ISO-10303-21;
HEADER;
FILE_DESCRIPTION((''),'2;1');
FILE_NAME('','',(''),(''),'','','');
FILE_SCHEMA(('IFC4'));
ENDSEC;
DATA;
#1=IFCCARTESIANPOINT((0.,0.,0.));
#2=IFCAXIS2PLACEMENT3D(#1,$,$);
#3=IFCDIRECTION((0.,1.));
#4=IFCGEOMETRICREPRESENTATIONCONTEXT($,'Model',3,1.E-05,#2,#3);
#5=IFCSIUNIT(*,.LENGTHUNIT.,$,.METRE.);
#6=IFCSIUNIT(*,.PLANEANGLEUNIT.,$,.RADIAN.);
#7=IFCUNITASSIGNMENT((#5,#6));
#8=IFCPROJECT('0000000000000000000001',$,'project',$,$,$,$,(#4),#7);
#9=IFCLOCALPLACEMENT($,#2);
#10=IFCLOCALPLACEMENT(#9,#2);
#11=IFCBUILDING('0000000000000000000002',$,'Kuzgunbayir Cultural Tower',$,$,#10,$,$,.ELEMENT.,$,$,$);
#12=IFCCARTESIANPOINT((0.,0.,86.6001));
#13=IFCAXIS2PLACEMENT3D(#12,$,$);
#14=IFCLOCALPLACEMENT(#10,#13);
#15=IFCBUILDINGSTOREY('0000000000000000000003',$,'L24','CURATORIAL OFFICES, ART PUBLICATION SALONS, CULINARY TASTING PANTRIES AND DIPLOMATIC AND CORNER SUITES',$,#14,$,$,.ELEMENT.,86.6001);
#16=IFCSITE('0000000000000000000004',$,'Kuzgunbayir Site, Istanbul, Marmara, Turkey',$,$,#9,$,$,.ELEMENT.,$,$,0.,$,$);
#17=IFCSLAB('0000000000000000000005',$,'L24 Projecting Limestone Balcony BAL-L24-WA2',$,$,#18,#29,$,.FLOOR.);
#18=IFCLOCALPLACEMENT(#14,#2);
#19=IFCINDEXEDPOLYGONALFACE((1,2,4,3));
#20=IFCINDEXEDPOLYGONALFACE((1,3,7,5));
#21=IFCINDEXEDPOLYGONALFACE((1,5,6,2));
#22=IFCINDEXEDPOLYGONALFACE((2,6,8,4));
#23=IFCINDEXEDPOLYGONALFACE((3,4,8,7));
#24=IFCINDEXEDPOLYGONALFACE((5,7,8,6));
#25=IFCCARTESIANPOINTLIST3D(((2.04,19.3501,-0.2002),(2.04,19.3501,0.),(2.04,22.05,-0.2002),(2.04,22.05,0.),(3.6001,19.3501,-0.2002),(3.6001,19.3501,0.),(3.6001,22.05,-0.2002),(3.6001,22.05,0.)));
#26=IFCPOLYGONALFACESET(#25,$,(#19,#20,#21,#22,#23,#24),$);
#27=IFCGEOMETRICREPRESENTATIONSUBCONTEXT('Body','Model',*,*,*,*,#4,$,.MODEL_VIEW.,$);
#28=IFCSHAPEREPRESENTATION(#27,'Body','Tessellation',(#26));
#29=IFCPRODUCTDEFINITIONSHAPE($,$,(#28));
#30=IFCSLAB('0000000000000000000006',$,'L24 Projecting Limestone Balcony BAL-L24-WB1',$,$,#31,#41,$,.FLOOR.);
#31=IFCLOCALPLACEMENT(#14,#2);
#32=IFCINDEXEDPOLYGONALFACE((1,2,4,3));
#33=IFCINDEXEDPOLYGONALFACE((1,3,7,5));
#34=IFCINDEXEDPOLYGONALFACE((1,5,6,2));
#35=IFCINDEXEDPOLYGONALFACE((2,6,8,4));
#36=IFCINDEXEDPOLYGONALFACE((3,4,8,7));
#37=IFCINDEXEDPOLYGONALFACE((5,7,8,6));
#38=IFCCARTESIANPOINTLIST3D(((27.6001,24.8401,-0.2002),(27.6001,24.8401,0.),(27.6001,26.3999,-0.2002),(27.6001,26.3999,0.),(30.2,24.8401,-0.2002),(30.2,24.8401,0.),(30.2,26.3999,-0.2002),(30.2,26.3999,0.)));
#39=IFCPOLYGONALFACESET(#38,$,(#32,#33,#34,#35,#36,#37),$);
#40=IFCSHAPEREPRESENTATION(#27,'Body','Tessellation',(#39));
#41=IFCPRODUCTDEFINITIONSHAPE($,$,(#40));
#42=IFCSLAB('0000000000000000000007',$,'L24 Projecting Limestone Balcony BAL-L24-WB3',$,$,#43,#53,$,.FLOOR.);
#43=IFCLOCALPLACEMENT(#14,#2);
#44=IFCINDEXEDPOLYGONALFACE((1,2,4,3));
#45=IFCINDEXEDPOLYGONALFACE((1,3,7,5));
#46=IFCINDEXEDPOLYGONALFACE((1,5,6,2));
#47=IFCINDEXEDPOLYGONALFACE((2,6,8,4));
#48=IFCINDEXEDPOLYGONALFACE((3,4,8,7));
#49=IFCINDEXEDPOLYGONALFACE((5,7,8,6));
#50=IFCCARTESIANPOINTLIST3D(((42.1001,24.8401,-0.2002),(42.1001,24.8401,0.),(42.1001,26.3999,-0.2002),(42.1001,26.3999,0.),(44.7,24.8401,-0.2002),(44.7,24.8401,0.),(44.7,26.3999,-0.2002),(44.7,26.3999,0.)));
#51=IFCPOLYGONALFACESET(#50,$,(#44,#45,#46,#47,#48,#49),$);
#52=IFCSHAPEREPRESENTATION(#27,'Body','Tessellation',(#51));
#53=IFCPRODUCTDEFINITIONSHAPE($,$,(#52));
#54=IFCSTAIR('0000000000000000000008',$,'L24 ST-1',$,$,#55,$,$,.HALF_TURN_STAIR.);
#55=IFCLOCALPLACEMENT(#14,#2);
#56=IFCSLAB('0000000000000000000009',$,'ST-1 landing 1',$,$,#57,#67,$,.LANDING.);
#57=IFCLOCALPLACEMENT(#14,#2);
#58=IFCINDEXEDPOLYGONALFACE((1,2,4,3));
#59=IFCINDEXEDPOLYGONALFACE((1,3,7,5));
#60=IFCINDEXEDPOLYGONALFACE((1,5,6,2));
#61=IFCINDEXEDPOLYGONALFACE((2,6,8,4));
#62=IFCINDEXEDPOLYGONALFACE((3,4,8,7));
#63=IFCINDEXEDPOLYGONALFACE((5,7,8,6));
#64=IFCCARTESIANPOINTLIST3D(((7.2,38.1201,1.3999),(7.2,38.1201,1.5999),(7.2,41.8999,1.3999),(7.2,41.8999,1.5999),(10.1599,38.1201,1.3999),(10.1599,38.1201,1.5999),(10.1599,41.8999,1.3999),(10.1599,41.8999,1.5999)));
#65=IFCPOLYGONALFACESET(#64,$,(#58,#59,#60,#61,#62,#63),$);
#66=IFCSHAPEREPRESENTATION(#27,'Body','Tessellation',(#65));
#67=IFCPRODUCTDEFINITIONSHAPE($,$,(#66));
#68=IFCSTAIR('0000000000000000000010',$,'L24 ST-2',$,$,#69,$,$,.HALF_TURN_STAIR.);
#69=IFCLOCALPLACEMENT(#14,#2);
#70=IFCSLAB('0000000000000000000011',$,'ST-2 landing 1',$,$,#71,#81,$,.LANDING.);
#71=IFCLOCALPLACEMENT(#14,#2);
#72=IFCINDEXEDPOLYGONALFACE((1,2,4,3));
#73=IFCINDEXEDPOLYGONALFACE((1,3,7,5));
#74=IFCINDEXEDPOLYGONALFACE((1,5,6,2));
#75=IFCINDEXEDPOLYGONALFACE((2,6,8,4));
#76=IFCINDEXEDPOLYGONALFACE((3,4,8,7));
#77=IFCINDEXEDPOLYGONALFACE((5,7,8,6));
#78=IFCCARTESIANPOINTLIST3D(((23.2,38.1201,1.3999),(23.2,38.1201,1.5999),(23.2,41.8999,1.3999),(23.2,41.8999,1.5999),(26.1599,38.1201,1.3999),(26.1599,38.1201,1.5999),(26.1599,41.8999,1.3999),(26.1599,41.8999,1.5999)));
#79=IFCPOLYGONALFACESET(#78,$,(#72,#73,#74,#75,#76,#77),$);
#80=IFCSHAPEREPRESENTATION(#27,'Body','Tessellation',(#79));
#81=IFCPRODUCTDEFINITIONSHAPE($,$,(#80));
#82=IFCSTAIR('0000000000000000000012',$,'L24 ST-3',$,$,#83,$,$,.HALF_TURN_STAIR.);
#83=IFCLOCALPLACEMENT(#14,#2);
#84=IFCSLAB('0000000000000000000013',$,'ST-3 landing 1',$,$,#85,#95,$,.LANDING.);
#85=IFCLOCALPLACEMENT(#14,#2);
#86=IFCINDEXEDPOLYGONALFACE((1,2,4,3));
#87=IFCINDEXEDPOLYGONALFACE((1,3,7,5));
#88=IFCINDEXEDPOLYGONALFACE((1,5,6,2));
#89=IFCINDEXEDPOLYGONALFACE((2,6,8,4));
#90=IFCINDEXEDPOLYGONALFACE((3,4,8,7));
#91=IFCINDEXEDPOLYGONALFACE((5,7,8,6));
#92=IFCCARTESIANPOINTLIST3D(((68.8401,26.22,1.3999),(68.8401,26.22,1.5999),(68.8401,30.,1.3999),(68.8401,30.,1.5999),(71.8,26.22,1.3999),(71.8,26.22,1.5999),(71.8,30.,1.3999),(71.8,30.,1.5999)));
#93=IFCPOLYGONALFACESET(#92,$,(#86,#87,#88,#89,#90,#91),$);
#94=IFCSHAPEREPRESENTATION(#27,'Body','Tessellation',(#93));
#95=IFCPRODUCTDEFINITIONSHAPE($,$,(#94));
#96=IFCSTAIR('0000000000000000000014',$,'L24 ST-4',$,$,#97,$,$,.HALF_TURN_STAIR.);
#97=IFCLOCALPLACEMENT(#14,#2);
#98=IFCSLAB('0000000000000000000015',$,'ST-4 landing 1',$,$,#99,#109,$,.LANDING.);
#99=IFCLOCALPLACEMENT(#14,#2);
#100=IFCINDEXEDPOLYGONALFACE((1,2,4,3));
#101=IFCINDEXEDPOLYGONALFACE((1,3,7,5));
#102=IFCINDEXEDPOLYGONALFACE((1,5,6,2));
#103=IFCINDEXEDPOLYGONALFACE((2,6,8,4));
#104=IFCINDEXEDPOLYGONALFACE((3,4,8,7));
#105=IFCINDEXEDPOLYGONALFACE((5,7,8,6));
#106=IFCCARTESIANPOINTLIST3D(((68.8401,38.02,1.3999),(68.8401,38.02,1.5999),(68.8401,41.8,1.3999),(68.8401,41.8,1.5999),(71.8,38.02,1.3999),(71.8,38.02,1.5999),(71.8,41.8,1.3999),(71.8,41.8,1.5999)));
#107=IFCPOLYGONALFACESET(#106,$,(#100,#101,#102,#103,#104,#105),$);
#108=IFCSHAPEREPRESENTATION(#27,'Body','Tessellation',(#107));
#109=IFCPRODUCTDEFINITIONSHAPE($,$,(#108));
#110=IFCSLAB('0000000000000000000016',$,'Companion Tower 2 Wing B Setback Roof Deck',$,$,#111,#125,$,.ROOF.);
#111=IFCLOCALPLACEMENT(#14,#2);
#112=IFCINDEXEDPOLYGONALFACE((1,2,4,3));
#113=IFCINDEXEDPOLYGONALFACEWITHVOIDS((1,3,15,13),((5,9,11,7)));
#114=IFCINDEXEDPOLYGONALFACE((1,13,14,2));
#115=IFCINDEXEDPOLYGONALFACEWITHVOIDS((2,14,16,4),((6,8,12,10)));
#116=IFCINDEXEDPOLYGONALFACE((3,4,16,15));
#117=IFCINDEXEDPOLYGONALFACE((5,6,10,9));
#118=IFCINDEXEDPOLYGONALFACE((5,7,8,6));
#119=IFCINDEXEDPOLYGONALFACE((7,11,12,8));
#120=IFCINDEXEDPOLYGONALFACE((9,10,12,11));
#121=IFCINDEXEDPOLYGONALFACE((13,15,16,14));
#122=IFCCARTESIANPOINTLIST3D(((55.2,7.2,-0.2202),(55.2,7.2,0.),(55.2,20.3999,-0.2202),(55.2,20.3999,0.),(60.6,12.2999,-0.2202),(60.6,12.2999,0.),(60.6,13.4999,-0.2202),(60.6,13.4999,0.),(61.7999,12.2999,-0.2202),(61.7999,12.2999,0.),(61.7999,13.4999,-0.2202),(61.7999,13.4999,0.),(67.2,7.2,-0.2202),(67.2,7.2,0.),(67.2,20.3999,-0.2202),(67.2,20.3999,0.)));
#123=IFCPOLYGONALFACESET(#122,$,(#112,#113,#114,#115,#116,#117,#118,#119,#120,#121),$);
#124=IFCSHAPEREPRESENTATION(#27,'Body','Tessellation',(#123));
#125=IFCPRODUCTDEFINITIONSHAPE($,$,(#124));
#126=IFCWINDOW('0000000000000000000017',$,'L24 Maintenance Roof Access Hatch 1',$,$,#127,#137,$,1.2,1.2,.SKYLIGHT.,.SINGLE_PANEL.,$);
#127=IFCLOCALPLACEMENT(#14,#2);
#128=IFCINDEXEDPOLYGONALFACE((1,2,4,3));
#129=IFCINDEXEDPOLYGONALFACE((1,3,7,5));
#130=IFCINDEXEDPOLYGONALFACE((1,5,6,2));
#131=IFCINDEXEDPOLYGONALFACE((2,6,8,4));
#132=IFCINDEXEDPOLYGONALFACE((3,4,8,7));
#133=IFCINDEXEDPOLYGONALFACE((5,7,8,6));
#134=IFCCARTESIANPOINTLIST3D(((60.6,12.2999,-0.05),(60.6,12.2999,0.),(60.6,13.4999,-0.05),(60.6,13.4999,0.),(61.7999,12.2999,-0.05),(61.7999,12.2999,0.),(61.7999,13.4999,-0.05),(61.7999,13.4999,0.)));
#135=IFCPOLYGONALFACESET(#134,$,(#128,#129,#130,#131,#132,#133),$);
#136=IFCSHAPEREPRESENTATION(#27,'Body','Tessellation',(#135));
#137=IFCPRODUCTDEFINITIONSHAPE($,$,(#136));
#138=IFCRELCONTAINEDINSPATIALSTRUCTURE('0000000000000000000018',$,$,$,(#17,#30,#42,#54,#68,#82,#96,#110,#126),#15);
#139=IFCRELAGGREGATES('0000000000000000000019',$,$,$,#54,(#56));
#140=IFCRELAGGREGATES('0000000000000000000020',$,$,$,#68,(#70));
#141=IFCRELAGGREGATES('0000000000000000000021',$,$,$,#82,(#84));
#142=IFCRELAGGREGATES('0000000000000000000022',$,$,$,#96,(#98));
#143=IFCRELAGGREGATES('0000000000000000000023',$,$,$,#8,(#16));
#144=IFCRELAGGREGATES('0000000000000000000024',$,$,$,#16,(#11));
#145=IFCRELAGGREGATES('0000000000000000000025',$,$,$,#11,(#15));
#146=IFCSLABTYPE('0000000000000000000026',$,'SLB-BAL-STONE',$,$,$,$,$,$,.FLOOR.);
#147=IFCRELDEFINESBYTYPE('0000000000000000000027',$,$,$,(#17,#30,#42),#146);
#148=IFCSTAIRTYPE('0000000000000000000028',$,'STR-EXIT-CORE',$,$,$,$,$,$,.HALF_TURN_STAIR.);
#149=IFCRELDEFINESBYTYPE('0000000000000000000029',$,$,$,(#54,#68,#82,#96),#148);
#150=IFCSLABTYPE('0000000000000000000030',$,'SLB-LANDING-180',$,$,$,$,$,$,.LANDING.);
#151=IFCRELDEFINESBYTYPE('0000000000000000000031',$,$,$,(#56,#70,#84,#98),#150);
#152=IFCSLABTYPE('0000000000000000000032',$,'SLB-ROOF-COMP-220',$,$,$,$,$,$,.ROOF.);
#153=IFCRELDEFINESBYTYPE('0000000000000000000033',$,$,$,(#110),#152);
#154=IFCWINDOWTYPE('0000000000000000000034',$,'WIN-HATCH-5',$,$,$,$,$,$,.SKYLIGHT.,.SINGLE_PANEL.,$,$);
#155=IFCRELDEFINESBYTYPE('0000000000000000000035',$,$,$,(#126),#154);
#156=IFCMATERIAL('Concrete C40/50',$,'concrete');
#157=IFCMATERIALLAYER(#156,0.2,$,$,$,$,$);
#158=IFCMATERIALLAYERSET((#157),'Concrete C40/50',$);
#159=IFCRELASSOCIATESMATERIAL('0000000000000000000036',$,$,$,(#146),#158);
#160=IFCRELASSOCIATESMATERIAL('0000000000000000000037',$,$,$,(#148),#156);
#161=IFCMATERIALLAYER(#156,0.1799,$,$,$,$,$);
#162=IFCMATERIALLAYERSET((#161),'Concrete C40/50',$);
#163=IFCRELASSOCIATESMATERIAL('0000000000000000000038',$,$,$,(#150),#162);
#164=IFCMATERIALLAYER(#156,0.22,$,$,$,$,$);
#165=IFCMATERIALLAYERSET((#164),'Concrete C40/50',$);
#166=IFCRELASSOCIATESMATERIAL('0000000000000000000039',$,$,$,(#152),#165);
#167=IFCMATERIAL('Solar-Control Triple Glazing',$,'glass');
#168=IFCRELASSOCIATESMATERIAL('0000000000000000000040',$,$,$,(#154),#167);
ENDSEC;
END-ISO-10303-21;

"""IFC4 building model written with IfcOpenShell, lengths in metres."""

from ifc_helpers import new_model, si_unit, direction, frame, origin, origin_2d, place, context, subcontext, project, spatial, polyline, rectangle, outline, extrude, material, layer, layer_set, type_object, element, fill, aggregate, save


model = new_model("IFC4")

# Units and contexts
model_context = context("Model", 3, precision=1e-05, world=origin(), true_north=direction((0.0, 1.0)))
body_context = subcontext(model_context, "Body", "Model", "MODEL_VIEW")
ifc_project = project(units=[si_unit("LENGTHUNIT", "METRE"), si_unit("PLANEANGLEUNIT", "RADIAN")], contexts=[model_context])

# Site, building, storey
site_placement = place(None, origin())
site = spatial("IfcSite", under=ifc_project, at=site_placement, Name="Kuzgunbayir Site, Istanbul, Marmara, Turkey", CompositionType="ELEMENT", RefElevation=0.0)
building_placement = place(site_placement, origin())
building = spatial("IfcBuilding", under=site, at=building_placement, Name="Kuzgunbayir Cultural Tower", CompositionType="ELEMENT")
storey_placement = place(building_placement, frame((0.0, 0.0, 86.6001)))
storey = spatial("IfcBuildingStorey", under=building, at=storey_placement, Name="L24", Description="CURATORIAL OFFICES, ART PUBLICATION SALONS, CULINARY TASTING PANTRIES AND DIPLOMATIC AND CORNER SUITES", CompositionType="ELEMENT", Elevation=86.6001)

# Slabs
ifc_material_1 = material(Name="Concrete C40/50", Category="concrete")
ifc_layer_1 = layer(ifc_material_1, 0.2)
ifc_layer_set_1 = layer_set([ifc_layer_1], Name="Concrete C40/50")
slab_type_1 = type_object("IfcSlabType", Name="SLB-BAL-STONE", PredefinedType="FLOOR", material=ifc_layer_set_1)
slab_1_placement = place(storey_placement, frame((0.0, 0.0, -0.2002)))
element("IfcSlab", 1, at=slab_1_placement, inside=storey, type_object=slab_type_1, Name="L24 Projecting Limestone Balcony BAL-L24-WA2", PredefinedType="FLOOR", context=body_context, shape_type="SweptSolid", body=[
    extrude(outline(polyline([(2.04, 19.3501), (3.6001, 19.3501), (3.6001, 22.05), (2.04, 22.05), (2.04, 19.3501)])), origin(), (0.0, 0.0, 1.0), 0.2002),
])
slab_2_placement = place(storey_placement, frame((0.0, 0.0, -0.2002)))
element("IfcSlab", 2, at=slab_2_placement, inside=storey, type_object=slab_type_1, Name="L24 Projecting Limestone Balcony BAL-L24-WB1", PredefinedType="FLOOR", context=body_context, shape_type="SweptSolid", body=[
    extrude(outline(polyline([(27.6001, 24.8401), (30.2, 24.8401), (30.2, 26.3999), (27.6001, 26.3999), (27.6001, 24.8401)])), origin(), (0.0, 0.0, 1.0), 0.2002),
])
slab_3_placement = place(storey_placement, frame((0.0, 0.0, -0.2002)))
element("IfcSlab", 3, at=slab_3_placement, inside=storey, type_object=slab_type_1, Name="L24 Projecting Limestone Balcony BAL-L24-WB3", PredefinedType="FLOOR", context=body_context, shape_type="SweptSolid", body=[
    extrude(outline(polyline([(42.1001, 24.8401), (44.7, 24.8401), (44.7, 26.3999), (42.1001, 26.3999), (42.1001, 24.8401)])), origin(), (0.0, 0.0, 1.0), 0.2002),
])

# Stairs, slabs
stair_type = type_object("IfcStairType", Name="STR-EXIT-CORE", PredefinedType="HALF_TURN_STAIR", material=ifc_material_1)
stair_1_placement = place(storey_placement, origin())
stair_1 = element("IfcStair", 4, at=stair_1_placement, inside=storey, type_object=stair_type, Name="L24 ST-1", PredefinedType="HALF_TURN_STAIR")
ifc_layer_2 = layer(ifc_material_1, 0.1799)
ifc_layer_set_2 = layer_set([ifc_layer_2], Name="Concrete C40/50")
slab_type_2 = type_object("IfcSlabType", Name="SLB-LANDING-180", PredefinedType="LANDING", material=ifc_layer_set_2)
slab_4_placement = place(storey_placement, frame((0.0, 0.0, 1.3999)))
slab_4 = element("IfcSlab", 5, at=slab_4_placement, type_object=slab_type_2, Name="ST-1 landing 1", PredefinedType="LANDING", context=body_context, shape_type="SweptSolid", body=[
    extrude(outline(polyline([(10.1599, 38.1201), (10.1599, 41.8999), (7.2, 41.8999), (7.2, 38.1201), (10.1599, 38.1201)])), origin(), (0.0, 0.0, 1.0), 0.2),
])
aggregate(stair_1, [slab_4])
stair_2_placement = place(storey_placement, origin())
stair_2 = element("IfcStair", 6, at=stair_2_placement, inside=storey, type_object=stair_type, Name="L24 ST-2", PredefinedType="HALF_TURN_STAIR")
slab_5_placement = place(storey_placement, frame((0.0, 0.0, 1.3999)))
slab_5 = element("IfcSlab", 7, at=slab_5_placement, type_object=slab_type_2, Name="ST-2 landing 1", PredefinedType="LANDING", context=body_context, shape_type="SweptSolid", body=[
    extrude(outline(polyline([(26.1599, 38.1201), (26.1599, 41.8999), (23.2, 41.8999), (23.2, 38.1201), (26.1599, 38.1201)])), origin(), (0.0, 0.0, 1.0), 0.2),
])
aggregate(stair_2, [slab_5])
stair_3_placement = place(storey_placement, origin())
stair_3 = element("IfcStair", 8, at=stair_3_placement, inside=storey, type_object=stair_type, Name="L24 ST-3", PredefinedType="HALF_TURN_STAIR")
slab_6_placement = place(storey_placement, frame((0.0, 0.0, 1.3999)))
slab_6 = element("IfcSlab", 9, at=slab_6_placement, type_object=slab_type_2, Name="ST-3 landing 1", PredefinedType="LANDING", context=body_context, shape_type="SweptSolid", body=[
    extrude(outline(polyline([(71.8, 26.22), (71.8, 30.0), (68.8401, 30.0), (68.8401, 26.22), (71.8, 26.22)])), origin(), (0.0, 0.0, 1.0), 0.2),
])
aggregate(stair_3, [slab_6])
stair_4_placement = place(storey_placement, origin())
stair_4 = element("IfcStair", 10, at=stair_4_placement, inside=storey, type_object=stair_type, Name="L24 ST-4", PredefinedType="HALF_TURN_STAIR")
slab_7_placement = place(storey_placement, frame((0.0, 0.0, 1.3999)))
slab_7 = element("IfcSlab", 11, at=slab_7_placement, type_object=slab_type_2, Name="ST-4 landing 1", PredefinedType="LANDING", context=body_context, shape_type="SweptSolid", body=[
    extrude(outline(polyline([(71.8, 38.02), (71.8, 41.8), (68.8401, 41.8), (68.8401, 38.02), (71.8, 38.02)])), origin(), (0.0, 0.0, 1.0), 0.2),
])
aggregate(stair_4, [slab_7])

# Slab, opening, window
ifc_layer_3 = layer(ifc_material_1, 0.22)
ifc_layer_set_3 = layer_set([ifc_layer_3], Name="Concrete C40/50")
slab_type_3 = type_object("IfcSlabType", Name="SLB-ROOF-COMP-220", PredefinedType="ROOF", material=ifc_layer_set_3)
slab_8_placement = place(storey_placement, frame((0.0, 0.0, -0.2202)))
slab_8 = element("IfcSlab", 12, at=slab_8_placement, inside=storey, type_object=slab_type_3, Name="Companion Tower 2 Wing B Setback Roof Deck", PredefinedType="ROOF", context=body_context, shape_type="SweptSolid", body=[
    extrude(outline(polyline([(55.2, 7.2), (67.2, 7.2), (67.2, 20.3999), (55.2, 20.3999), (55.2, 7.2)])), origin(), (0.0, 0.0, 1.0), 0.2202),
])
opening_1_placement = place(slab_8_placement, frame((61.2, 12.8999, 0.0)))
opening_1 = element("IfcOpeningElement", 13, at=opening_1_placement, cuts=slab_8, PredefinedType="OPENING", context=body_context, shape_type="SweptSolid", body=[
    extrude(rectangle(XDim=1.2, YDim=1.2, at=origin_2d()), origin(), (0.0, 0.0, 1.0), 0.2202),
])
ifc_material_2 = material(Name="Solar-Control Triple Glazing", Category="glass")
window_type = type_object("IfcWindowType", Name="WIN-HATCH-5", PartitioningType="SINGLE_PANEL", PredefinedType="SKYLIGHT", material=ifc_material_2)
window_placement = place(opening_1_placement, frame((0.0, 0.0, 0.1702)))
window = element("IfcWindow", 14, at=window_placement, inside=storey, type_object=window_type, Name="L24 Maintenance Roof Access Hatch 1", OverallHeight=1.2, OverallWidth=1.2, PartitioningType="SINGLE_PANEL", PredefinedType="SKYLIGHT", context=body_context, shape_type="SweptSolid", body=[
    extrude(rectangle(XDim=1.2, YDim=1.2, at=origin_2d()), origin(), (0.0, 0.0, 1.0), 0.05),
])
fill(opening_1, window)

save(model, "model.ifc")
